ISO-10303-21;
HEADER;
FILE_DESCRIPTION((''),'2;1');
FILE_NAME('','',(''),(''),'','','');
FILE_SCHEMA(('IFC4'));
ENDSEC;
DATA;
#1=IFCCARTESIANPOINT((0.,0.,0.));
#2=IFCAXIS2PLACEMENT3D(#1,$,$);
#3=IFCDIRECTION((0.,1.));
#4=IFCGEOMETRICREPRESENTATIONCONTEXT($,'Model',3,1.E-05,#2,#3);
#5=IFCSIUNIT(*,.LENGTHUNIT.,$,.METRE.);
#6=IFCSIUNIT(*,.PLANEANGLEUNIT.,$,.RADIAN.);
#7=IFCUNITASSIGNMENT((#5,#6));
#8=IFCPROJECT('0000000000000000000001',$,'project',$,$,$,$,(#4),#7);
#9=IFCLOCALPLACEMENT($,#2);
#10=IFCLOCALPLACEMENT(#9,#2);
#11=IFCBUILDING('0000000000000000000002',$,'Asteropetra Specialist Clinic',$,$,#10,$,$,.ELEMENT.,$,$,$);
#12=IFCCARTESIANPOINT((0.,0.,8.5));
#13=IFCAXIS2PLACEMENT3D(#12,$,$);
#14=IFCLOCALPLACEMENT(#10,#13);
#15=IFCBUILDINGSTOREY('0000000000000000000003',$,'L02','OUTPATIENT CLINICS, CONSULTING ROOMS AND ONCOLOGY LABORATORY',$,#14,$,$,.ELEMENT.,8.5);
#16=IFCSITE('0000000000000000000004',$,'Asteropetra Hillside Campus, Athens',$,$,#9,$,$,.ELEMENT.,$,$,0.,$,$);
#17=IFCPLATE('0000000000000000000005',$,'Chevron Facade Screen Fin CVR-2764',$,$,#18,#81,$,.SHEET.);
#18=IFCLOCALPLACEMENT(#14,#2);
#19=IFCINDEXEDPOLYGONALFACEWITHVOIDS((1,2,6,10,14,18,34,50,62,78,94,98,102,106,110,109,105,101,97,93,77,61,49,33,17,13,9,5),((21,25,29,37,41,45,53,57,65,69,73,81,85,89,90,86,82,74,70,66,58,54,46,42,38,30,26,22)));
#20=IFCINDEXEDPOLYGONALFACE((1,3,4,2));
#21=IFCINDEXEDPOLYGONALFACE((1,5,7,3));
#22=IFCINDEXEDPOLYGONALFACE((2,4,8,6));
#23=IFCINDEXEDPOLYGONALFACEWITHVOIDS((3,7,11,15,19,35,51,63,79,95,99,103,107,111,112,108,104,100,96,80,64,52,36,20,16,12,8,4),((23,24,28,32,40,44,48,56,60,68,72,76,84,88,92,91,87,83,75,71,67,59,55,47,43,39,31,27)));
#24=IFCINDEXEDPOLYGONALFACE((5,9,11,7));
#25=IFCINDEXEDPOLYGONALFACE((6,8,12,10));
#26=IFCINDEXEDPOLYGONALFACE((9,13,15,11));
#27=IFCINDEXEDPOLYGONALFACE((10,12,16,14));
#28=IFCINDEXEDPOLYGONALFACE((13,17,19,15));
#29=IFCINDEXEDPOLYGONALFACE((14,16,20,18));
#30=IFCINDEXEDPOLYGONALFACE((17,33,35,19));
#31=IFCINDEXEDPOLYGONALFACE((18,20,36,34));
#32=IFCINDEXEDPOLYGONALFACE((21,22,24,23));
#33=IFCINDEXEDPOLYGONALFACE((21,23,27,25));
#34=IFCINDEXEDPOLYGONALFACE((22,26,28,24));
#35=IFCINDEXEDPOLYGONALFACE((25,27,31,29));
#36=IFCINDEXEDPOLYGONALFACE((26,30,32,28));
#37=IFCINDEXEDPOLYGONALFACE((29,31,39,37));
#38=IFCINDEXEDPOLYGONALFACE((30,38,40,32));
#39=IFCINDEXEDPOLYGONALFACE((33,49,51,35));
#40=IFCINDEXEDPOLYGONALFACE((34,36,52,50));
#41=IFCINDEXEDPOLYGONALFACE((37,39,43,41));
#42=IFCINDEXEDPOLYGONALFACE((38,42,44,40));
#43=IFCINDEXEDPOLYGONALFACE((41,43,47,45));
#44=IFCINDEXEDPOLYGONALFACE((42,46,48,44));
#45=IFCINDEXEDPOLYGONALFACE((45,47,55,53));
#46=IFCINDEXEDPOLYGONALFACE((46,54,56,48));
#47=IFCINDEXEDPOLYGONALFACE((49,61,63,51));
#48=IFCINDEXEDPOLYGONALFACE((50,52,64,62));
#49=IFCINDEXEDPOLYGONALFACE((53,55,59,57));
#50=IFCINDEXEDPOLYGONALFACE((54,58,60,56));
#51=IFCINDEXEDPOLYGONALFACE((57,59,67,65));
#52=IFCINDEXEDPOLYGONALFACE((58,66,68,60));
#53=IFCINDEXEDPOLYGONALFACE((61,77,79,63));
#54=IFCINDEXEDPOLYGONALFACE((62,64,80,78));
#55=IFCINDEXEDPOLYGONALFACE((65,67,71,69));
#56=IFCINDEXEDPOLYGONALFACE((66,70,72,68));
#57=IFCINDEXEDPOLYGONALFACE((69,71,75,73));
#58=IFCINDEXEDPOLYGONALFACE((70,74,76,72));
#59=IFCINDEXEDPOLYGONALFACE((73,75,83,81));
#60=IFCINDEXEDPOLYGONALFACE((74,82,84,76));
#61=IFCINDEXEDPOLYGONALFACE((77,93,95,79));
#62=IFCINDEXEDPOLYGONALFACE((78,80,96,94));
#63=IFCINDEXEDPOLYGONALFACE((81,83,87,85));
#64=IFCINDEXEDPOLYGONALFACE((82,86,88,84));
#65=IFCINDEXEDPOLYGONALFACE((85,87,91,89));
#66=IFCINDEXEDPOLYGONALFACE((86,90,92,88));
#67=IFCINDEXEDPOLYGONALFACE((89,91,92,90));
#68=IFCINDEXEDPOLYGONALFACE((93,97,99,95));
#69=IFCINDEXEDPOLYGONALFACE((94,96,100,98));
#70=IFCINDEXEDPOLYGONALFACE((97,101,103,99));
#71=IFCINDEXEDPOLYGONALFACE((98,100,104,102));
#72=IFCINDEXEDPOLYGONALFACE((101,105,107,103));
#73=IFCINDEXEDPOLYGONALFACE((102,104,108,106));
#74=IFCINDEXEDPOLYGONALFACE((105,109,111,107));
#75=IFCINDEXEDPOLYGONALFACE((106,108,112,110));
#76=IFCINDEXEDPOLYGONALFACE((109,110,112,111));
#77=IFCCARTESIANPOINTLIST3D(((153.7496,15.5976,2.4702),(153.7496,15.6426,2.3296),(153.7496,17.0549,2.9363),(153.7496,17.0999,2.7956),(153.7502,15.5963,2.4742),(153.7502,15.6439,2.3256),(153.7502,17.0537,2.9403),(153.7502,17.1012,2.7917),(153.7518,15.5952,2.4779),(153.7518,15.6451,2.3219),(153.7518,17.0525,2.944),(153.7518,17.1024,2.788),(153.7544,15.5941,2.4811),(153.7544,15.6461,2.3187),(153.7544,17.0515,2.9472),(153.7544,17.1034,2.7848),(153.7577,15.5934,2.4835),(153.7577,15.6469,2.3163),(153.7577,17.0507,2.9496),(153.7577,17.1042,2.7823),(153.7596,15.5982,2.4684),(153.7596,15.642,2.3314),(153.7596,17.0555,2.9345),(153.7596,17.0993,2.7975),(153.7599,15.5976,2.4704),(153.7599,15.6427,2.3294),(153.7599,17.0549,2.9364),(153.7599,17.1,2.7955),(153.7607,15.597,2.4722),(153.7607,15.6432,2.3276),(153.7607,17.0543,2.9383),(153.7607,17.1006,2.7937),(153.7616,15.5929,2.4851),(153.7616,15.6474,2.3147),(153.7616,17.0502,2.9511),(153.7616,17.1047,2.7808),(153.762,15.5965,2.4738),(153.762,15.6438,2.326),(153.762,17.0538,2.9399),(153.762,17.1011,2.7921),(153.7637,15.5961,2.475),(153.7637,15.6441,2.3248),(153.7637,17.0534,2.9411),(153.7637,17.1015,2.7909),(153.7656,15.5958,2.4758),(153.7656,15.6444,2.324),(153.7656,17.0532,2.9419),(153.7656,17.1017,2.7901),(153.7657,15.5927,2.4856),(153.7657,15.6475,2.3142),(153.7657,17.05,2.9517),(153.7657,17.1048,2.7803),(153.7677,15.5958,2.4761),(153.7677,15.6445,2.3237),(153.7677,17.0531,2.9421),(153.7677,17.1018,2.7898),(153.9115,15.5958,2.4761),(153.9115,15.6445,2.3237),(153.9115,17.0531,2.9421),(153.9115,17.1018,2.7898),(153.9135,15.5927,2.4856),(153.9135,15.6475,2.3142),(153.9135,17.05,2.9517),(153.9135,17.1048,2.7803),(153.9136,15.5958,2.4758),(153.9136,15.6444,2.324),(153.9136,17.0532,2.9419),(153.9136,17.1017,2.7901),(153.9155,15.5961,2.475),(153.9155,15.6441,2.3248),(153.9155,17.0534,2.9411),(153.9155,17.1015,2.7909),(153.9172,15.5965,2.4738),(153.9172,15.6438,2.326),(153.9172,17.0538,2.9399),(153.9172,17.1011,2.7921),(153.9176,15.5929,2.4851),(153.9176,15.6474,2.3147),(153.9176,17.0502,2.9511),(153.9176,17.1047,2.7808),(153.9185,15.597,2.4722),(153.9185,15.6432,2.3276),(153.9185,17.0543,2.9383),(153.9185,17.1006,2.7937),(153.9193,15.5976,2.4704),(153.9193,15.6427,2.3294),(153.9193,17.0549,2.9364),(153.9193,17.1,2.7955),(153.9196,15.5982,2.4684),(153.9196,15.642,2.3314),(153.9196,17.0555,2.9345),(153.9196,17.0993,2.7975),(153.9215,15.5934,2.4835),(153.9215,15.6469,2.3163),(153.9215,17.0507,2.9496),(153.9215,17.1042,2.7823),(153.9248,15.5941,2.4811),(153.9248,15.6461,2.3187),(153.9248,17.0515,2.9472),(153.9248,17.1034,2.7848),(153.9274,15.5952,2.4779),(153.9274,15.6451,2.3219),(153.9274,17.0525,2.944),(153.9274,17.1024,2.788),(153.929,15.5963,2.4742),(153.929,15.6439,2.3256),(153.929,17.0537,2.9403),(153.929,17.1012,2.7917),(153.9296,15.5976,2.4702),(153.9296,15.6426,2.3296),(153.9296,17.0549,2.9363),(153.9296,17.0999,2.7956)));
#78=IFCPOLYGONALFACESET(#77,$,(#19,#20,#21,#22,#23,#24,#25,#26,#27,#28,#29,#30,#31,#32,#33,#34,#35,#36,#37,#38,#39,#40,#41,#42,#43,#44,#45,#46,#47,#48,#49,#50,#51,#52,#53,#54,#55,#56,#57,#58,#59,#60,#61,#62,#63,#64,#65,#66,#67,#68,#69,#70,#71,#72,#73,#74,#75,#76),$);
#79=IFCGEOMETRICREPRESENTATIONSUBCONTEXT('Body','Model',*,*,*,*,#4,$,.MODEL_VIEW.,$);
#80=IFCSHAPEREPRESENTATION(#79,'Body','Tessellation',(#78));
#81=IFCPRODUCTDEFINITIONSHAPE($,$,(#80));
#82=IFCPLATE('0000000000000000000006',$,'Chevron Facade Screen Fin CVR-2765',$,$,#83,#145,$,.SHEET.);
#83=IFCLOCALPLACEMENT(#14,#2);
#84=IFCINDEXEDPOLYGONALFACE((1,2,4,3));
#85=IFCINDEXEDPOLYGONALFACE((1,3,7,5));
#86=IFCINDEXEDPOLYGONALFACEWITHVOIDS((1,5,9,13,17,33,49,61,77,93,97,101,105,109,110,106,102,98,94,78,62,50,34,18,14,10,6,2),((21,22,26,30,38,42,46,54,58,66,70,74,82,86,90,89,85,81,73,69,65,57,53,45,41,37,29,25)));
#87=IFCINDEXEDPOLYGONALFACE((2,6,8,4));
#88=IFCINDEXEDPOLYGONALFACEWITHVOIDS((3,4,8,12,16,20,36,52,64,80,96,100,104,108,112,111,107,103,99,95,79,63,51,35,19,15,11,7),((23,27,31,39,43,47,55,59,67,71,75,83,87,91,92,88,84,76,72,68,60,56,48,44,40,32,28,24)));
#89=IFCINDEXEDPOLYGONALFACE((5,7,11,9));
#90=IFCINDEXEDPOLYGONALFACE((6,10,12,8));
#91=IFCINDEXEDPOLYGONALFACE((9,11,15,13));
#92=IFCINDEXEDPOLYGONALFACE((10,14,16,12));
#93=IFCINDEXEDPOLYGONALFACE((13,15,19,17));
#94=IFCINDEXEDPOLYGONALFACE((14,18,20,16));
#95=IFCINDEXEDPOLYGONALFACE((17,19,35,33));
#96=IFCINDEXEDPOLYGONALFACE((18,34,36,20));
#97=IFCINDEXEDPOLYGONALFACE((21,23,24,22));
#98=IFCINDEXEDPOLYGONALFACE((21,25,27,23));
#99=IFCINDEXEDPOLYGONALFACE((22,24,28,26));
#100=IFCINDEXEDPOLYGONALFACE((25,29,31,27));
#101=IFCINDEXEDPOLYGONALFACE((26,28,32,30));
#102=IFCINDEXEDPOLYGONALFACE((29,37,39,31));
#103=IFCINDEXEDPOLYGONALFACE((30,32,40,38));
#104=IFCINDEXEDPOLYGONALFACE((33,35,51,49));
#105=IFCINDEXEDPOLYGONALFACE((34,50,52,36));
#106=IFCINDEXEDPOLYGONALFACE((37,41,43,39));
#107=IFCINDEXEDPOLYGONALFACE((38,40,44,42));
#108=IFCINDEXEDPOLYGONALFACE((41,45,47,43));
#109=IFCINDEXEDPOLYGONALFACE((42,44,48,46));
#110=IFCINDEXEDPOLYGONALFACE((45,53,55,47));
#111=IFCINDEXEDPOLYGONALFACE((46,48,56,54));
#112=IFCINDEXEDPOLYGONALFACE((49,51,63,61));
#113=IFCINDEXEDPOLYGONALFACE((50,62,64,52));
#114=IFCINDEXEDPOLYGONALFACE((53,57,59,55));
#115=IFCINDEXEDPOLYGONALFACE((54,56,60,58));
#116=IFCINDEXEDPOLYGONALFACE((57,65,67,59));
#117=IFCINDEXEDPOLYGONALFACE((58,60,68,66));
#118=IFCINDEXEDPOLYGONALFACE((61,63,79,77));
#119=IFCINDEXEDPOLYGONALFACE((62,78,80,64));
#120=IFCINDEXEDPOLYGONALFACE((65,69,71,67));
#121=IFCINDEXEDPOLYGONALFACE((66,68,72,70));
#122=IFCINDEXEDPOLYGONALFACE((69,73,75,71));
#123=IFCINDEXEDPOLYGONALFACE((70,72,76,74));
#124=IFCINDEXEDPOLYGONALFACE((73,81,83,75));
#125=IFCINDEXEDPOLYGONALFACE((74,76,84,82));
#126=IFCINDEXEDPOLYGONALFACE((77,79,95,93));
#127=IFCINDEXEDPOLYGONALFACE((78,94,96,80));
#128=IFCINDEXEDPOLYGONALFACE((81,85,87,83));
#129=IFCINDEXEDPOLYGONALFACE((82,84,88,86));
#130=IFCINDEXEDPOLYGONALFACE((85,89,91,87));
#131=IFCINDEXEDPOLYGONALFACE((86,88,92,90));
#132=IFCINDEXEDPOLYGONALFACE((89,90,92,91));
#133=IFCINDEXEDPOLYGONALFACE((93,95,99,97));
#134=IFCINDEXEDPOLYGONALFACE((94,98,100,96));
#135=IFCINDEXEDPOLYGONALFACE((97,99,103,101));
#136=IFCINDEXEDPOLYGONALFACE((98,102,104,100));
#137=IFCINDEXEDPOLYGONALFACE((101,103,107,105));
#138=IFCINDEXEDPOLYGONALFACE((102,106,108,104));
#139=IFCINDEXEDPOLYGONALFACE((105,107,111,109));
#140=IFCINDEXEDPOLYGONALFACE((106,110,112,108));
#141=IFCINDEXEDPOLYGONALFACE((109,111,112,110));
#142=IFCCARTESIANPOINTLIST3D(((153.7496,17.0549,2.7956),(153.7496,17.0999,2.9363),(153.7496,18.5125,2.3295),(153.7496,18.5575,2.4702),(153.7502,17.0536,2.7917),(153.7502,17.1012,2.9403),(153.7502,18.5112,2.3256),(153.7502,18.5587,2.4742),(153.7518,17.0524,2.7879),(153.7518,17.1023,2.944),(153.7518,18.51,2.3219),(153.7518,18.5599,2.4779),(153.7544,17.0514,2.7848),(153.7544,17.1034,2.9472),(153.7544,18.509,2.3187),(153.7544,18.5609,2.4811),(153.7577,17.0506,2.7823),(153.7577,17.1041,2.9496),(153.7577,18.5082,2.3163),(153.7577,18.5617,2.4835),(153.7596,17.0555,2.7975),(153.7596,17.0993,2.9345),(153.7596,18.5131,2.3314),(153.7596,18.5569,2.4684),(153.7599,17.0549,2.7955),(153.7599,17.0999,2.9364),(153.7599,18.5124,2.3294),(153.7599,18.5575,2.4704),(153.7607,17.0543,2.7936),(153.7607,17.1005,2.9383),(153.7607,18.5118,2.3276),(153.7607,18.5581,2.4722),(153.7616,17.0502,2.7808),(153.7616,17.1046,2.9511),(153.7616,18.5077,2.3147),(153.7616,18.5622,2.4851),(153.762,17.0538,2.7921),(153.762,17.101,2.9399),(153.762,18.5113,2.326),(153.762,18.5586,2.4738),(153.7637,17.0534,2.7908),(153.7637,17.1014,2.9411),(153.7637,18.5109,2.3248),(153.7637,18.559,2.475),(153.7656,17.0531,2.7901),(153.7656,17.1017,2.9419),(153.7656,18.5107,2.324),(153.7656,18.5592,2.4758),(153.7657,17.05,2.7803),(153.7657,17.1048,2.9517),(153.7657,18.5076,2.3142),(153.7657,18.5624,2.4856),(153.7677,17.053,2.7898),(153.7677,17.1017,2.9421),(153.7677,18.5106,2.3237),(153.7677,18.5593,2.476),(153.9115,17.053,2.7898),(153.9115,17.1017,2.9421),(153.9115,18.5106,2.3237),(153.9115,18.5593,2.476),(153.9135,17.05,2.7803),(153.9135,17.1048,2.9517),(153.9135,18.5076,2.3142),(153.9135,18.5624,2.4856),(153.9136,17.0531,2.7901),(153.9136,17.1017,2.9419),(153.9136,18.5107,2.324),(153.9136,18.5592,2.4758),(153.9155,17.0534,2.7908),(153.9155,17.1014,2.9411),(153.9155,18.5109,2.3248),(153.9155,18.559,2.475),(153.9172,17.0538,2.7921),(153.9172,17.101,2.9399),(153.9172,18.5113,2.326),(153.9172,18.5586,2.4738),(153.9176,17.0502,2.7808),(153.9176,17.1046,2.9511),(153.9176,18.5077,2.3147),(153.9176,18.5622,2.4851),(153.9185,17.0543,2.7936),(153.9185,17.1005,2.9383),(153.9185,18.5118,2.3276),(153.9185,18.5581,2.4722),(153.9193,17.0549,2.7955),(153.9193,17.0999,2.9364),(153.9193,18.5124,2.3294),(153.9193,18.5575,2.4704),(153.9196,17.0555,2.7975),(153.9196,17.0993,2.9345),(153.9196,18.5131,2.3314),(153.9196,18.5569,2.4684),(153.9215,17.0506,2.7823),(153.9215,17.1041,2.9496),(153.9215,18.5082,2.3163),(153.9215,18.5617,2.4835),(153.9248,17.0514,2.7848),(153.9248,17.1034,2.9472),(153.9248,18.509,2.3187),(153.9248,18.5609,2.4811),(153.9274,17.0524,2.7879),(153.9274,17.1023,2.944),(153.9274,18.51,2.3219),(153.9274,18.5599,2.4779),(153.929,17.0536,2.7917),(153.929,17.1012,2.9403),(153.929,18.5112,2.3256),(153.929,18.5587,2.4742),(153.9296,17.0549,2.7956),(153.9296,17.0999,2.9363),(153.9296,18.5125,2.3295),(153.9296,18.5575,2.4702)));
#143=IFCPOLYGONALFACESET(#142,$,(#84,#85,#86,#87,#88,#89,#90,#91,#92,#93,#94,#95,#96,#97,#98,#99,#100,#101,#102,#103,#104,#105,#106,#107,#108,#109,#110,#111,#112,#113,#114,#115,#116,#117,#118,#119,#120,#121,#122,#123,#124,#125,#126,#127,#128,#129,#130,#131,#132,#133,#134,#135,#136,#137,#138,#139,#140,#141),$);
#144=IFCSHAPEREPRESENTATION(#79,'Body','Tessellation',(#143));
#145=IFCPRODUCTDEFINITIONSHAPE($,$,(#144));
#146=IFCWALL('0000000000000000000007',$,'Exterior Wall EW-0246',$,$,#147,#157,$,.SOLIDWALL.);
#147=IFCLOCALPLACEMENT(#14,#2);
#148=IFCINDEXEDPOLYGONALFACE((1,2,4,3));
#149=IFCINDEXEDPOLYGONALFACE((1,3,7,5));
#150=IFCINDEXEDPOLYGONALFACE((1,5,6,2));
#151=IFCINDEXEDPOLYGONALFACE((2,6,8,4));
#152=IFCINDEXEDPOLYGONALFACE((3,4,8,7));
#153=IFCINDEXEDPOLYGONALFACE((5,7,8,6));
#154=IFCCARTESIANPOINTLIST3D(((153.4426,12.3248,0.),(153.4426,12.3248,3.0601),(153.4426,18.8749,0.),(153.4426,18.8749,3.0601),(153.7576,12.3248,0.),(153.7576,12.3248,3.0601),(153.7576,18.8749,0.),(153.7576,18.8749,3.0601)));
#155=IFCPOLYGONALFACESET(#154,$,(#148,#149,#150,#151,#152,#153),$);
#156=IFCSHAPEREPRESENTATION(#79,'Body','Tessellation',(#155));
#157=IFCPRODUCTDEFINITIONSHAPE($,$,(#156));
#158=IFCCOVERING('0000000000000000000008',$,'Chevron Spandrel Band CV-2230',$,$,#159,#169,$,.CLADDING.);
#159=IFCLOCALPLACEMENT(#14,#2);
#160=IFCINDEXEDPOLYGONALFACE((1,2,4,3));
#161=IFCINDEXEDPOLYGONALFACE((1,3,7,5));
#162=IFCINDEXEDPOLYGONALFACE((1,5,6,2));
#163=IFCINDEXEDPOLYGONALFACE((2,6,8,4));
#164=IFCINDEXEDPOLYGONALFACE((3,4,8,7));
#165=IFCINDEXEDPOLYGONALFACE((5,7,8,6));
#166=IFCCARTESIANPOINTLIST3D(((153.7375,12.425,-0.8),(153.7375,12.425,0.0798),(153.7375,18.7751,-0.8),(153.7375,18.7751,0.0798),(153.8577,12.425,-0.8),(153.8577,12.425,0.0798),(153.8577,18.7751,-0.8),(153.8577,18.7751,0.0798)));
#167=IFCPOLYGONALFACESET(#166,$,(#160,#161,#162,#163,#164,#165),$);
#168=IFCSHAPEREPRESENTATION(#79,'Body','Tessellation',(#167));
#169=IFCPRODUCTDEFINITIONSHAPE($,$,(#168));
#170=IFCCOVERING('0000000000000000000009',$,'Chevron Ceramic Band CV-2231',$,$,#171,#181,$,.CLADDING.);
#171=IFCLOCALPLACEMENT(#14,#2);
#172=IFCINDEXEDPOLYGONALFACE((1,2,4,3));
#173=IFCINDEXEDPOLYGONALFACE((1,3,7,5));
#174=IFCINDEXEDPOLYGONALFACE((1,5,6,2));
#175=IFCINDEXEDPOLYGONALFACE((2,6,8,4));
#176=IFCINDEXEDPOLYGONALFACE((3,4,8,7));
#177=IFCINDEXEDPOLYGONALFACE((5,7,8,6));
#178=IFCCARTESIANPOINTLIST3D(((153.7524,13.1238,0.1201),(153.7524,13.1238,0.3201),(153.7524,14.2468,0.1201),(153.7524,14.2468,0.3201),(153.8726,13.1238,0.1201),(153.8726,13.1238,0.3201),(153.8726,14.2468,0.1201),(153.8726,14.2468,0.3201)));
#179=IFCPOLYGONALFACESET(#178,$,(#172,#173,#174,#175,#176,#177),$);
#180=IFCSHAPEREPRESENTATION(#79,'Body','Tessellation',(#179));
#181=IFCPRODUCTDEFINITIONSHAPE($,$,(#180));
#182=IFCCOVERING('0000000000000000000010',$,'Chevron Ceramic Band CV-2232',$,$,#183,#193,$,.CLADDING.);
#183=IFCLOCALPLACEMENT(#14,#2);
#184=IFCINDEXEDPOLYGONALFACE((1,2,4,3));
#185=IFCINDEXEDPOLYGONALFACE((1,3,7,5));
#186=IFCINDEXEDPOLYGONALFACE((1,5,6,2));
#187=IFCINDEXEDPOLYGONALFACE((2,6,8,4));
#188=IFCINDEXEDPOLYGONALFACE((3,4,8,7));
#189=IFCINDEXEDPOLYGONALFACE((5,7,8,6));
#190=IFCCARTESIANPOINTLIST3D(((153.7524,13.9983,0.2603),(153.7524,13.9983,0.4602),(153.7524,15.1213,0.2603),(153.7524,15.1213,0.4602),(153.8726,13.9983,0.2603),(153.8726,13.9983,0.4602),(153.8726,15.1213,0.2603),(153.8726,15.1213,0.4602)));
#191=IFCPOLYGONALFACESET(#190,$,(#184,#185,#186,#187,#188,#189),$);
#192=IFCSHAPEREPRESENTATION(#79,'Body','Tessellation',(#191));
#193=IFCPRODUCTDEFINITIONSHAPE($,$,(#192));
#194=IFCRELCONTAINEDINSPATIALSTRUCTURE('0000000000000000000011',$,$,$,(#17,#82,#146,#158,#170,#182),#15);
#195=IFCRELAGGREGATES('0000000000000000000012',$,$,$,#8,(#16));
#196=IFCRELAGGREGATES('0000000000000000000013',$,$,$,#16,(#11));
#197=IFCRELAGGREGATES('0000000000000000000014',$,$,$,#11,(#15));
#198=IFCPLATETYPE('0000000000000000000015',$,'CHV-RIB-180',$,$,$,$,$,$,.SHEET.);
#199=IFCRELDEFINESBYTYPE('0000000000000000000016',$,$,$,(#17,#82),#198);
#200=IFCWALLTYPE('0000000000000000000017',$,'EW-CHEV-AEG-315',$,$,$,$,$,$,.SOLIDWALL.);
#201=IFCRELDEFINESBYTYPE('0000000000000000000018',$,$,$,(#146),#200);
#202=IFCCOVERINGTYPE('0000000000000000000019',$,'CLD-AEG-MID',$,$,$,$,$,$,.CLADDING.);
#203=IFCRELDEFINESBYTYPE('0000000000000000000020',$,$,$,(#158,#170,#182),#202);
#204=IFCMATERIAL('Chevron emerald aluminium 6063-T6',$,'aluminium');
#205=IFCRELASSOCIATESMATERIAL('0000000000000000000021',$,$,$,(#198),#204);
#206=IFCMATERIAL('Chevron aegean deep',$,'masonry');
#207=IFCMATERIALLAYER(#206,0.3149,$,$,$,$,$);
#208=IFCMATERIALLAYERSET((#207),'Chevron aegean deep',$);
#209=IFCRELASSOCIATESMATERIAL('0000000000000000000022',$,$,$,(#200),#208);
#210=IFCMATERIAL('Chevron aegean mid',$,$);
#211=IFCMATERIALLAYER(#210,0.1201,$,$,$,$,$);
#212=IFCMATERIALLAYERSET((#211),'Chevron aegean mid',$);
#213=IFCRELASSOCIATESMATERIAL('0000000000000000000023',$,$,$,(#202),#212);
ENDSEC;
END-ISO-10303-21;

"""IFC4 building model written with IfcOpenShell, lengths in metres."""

from ifc_helpers import new_model, si_unit, direction, frame, frame_2d, origin, origin_2d, place, context, subcontext, project, spatial, rectangle, hollow_rectangle, extrude, material, layer, layer_set, material_profile, profile_set, type_object, element, save


model = new_model("IFC4")

# Units and contexts
model_context = context("Model", 3, precision=1e-05, world=origin(), true_north=direction((0.0, 1.0)))
body_context = subcontext(model_context, "Body", "Model", "MODEL_VIEW")
ifc_project = project(units=[si_unit("LENGTHUNIT", "METRE"), si_unit("PLANEANGLEUNIT", "RADIAN")], contexts=[model_context])

# Site, building, storey
site_placement = place(None, origin())
site = spatial("IfcSite", under=ifc_project, at=site_placement, Name="Asteropetra Hillside Campus, Athens", CompositionType="ELEMENT", RefElevation=0.0)
building_placement = place(site_placement, origin())
building = spatial("IfcBuilding", under=site, at=building_placement, Name="Asteropetra Specialist Clinic", CompositionType="ELEMENT")
storey_placement = place(building_placement, frame((0.0, 0.0, 8.5)))
storey = spatial("IfcBuildingStorey", under=building, at=storey_placement, Name="L02", Description="OUTPATIENT CLINICS, CONSULTING ROOMS AND ONCOLOGY LABORATORY", CompositionType="ELEMENT", Elevation=8.5)

# Plates
ifc_material_1 = material(Name="Chevron emerald aluminium 6063-T6", Category="aluminium")
ifc_material_profile_1 = material_profile(ifc_material_1, hollow_rectangle(XDim=0.1799, YDim=0.1799, WallThickness=0.01, InnerFilletRadius=0.0081, OuterFilletRadius=0.0161, at=origin_2d()), Name="SHS 180x180x10.0")
ifc_profile_set_1 = profile_set([ifc_material_profile_1], Name="Chevron emerald aluminium 6063-T6")
plate_type = type_object("IfcPlateType", Name="CHV-RIB-180", PredefinedType="SHEET", material=ifc_profile_set_1)
for number, where, z_axis, x_axis, name in (
    (1, (153.8396, 15.6201, 2.3999), (0.0, 0.952474, 0.304619), (-1.0, 0.0, 0.0), "Chevron Facade Screen Fin CVR-2764"),
):
    element("IfcPlate", number, at=place(storey_placement, frame(where, z_axis=z_axis, x_axis=x_axis)), inside=storey, type_object=plate_type, Name=name, PredefinedType="SHEET", context=body_context, shape_type="SweptSolid", body=[
        extrude(hollow_rectangle(XDim=0.1799, YDim=0.1799, WallThickness=0.01, InnerFilletRadius=0.0081, OuterFilletRadius=0.0161, at=origin_2d()), origin(), (0.0, 0.0, 1.0), 1.53),
    ])
plate_placement = place(storey_placement, frame((153.8396, 17.0774, 2.866), z_axis=(0.0, 0.952489, -0.304573), x_axis=(-1.0, 0.0, 0.0)))
element("IfcPlate", 2, at=plate_placement, inside=storey, type_object=plate_type, Name="Chevron Facade Screen Fin CVR-2765", PredefinedType="SHEET", context=body_context, shape_type="SweptSolid", body=[
    extrude(hollow_rectangle(XDim=0.1799, YDim=0.1799, WallThickness=0.01, InnerFilletRadius=0.0081, OuterFilletRadius=0.0161, at=origin_2d()), origin(), (0.0, 0.0, 1.0), 1.5303),
])

# Wall
ifc_material_2 = material(Name="Chevron aegean deep", Category="masonry")
ifc_layer_1 = layer(ifc_material_2, 0.3149)
ifc_layer_set_1 = layer_set([ifc_layer_1], Name="Chevron aegean deep")
wall_type = type_object("IfcWallType", Name="EW-CHEV-AEG-315", PredefinedType="SOLIDWALL", material=ifc_layer_set_1)
wall_placement = place(storey_placement, frame((153.6001, 12.325, 0.0), z_axis=(0.0, 0.0, 1.0), x_axis=(0.0, 1.0, 0.0)))
element("IfcWall", 3, at=wall_placement, inside=storey, type_object=wall_type, Name="Exterior Wall EW-0246", PredefinedType="SOLIDWALL", context=body_context, shape_type="SweptSolid", body=[
    extrude(rectangle(XDim=6.55, YDim=0.3149, at=frame_2d((3.2749, 0.0))), origin(), (0.0, 0.0, 1.0), 3.0601),
])

# Coverings
ifc_material_3 = material(Name="Chevron aegean mid")
ifc_layer_2 = layer(ifc_material_3, 0.1201)
ifc_layer_set_2 = layer_set([ifc_layer_2], Name="Chevron aegean mid")
covering_type_1 = type_object("IfcCoveringType", Name="CLD-AEG-MID", PredefinedType="CLADDING", material=ifc_layer_set_2)
covering_1_placement = place(storey_placement, frame((153.7976, 15.6001, -0.8), z_axis=(0.0, 0.0, 1.0), x_axis=(1.0, 0.0, 0.0)))
element("IfcCovering", 4, at=covering_1_placement, inside=storey, type_object=covering_type_1, Name="Chevron Spandrel Band CV-2230", PredefinedType="CLADDING", context=body_context, shape_type="SweptSolid", body=[
    extrude(rectangle(XDim=0.1201, YDim=6.3501, at=origin_2d()), origin(), (0.0, 0.0, 1.0), 0.8799),
])
for number, where, z_axis, x_axis, name in (
    (5, (153.8125, 13.6853, 0.1201), (0.0, 0.0, 1.0), (1.0, 0.0, 0.0), "Chevron Ceramic Band CV-2231"),
    (6, (153.8125, 14.5598, 0.2603), (0.0, 0.0, 1.0), (1.0, 0.0, 0.0), "Chevron Ceramic Band CV-2232"),
):
    element("IfcCovering", number, at=place(storey_placement, frame(where, z_axis=z_axis, x_axis=x_axis)), inside=storey, type_object=covering_type_1, Name=name, PredefinedType="CLADDING", context=body_context, shape_type="SweptSolid", body=[
        extrude(rectangle(XDim=0.1201, YDim=1.123, at=origin_2d()), origin(), (0.0, 0.0, 1.0), 0.2),
    ])

save(model, "model.ifc")
